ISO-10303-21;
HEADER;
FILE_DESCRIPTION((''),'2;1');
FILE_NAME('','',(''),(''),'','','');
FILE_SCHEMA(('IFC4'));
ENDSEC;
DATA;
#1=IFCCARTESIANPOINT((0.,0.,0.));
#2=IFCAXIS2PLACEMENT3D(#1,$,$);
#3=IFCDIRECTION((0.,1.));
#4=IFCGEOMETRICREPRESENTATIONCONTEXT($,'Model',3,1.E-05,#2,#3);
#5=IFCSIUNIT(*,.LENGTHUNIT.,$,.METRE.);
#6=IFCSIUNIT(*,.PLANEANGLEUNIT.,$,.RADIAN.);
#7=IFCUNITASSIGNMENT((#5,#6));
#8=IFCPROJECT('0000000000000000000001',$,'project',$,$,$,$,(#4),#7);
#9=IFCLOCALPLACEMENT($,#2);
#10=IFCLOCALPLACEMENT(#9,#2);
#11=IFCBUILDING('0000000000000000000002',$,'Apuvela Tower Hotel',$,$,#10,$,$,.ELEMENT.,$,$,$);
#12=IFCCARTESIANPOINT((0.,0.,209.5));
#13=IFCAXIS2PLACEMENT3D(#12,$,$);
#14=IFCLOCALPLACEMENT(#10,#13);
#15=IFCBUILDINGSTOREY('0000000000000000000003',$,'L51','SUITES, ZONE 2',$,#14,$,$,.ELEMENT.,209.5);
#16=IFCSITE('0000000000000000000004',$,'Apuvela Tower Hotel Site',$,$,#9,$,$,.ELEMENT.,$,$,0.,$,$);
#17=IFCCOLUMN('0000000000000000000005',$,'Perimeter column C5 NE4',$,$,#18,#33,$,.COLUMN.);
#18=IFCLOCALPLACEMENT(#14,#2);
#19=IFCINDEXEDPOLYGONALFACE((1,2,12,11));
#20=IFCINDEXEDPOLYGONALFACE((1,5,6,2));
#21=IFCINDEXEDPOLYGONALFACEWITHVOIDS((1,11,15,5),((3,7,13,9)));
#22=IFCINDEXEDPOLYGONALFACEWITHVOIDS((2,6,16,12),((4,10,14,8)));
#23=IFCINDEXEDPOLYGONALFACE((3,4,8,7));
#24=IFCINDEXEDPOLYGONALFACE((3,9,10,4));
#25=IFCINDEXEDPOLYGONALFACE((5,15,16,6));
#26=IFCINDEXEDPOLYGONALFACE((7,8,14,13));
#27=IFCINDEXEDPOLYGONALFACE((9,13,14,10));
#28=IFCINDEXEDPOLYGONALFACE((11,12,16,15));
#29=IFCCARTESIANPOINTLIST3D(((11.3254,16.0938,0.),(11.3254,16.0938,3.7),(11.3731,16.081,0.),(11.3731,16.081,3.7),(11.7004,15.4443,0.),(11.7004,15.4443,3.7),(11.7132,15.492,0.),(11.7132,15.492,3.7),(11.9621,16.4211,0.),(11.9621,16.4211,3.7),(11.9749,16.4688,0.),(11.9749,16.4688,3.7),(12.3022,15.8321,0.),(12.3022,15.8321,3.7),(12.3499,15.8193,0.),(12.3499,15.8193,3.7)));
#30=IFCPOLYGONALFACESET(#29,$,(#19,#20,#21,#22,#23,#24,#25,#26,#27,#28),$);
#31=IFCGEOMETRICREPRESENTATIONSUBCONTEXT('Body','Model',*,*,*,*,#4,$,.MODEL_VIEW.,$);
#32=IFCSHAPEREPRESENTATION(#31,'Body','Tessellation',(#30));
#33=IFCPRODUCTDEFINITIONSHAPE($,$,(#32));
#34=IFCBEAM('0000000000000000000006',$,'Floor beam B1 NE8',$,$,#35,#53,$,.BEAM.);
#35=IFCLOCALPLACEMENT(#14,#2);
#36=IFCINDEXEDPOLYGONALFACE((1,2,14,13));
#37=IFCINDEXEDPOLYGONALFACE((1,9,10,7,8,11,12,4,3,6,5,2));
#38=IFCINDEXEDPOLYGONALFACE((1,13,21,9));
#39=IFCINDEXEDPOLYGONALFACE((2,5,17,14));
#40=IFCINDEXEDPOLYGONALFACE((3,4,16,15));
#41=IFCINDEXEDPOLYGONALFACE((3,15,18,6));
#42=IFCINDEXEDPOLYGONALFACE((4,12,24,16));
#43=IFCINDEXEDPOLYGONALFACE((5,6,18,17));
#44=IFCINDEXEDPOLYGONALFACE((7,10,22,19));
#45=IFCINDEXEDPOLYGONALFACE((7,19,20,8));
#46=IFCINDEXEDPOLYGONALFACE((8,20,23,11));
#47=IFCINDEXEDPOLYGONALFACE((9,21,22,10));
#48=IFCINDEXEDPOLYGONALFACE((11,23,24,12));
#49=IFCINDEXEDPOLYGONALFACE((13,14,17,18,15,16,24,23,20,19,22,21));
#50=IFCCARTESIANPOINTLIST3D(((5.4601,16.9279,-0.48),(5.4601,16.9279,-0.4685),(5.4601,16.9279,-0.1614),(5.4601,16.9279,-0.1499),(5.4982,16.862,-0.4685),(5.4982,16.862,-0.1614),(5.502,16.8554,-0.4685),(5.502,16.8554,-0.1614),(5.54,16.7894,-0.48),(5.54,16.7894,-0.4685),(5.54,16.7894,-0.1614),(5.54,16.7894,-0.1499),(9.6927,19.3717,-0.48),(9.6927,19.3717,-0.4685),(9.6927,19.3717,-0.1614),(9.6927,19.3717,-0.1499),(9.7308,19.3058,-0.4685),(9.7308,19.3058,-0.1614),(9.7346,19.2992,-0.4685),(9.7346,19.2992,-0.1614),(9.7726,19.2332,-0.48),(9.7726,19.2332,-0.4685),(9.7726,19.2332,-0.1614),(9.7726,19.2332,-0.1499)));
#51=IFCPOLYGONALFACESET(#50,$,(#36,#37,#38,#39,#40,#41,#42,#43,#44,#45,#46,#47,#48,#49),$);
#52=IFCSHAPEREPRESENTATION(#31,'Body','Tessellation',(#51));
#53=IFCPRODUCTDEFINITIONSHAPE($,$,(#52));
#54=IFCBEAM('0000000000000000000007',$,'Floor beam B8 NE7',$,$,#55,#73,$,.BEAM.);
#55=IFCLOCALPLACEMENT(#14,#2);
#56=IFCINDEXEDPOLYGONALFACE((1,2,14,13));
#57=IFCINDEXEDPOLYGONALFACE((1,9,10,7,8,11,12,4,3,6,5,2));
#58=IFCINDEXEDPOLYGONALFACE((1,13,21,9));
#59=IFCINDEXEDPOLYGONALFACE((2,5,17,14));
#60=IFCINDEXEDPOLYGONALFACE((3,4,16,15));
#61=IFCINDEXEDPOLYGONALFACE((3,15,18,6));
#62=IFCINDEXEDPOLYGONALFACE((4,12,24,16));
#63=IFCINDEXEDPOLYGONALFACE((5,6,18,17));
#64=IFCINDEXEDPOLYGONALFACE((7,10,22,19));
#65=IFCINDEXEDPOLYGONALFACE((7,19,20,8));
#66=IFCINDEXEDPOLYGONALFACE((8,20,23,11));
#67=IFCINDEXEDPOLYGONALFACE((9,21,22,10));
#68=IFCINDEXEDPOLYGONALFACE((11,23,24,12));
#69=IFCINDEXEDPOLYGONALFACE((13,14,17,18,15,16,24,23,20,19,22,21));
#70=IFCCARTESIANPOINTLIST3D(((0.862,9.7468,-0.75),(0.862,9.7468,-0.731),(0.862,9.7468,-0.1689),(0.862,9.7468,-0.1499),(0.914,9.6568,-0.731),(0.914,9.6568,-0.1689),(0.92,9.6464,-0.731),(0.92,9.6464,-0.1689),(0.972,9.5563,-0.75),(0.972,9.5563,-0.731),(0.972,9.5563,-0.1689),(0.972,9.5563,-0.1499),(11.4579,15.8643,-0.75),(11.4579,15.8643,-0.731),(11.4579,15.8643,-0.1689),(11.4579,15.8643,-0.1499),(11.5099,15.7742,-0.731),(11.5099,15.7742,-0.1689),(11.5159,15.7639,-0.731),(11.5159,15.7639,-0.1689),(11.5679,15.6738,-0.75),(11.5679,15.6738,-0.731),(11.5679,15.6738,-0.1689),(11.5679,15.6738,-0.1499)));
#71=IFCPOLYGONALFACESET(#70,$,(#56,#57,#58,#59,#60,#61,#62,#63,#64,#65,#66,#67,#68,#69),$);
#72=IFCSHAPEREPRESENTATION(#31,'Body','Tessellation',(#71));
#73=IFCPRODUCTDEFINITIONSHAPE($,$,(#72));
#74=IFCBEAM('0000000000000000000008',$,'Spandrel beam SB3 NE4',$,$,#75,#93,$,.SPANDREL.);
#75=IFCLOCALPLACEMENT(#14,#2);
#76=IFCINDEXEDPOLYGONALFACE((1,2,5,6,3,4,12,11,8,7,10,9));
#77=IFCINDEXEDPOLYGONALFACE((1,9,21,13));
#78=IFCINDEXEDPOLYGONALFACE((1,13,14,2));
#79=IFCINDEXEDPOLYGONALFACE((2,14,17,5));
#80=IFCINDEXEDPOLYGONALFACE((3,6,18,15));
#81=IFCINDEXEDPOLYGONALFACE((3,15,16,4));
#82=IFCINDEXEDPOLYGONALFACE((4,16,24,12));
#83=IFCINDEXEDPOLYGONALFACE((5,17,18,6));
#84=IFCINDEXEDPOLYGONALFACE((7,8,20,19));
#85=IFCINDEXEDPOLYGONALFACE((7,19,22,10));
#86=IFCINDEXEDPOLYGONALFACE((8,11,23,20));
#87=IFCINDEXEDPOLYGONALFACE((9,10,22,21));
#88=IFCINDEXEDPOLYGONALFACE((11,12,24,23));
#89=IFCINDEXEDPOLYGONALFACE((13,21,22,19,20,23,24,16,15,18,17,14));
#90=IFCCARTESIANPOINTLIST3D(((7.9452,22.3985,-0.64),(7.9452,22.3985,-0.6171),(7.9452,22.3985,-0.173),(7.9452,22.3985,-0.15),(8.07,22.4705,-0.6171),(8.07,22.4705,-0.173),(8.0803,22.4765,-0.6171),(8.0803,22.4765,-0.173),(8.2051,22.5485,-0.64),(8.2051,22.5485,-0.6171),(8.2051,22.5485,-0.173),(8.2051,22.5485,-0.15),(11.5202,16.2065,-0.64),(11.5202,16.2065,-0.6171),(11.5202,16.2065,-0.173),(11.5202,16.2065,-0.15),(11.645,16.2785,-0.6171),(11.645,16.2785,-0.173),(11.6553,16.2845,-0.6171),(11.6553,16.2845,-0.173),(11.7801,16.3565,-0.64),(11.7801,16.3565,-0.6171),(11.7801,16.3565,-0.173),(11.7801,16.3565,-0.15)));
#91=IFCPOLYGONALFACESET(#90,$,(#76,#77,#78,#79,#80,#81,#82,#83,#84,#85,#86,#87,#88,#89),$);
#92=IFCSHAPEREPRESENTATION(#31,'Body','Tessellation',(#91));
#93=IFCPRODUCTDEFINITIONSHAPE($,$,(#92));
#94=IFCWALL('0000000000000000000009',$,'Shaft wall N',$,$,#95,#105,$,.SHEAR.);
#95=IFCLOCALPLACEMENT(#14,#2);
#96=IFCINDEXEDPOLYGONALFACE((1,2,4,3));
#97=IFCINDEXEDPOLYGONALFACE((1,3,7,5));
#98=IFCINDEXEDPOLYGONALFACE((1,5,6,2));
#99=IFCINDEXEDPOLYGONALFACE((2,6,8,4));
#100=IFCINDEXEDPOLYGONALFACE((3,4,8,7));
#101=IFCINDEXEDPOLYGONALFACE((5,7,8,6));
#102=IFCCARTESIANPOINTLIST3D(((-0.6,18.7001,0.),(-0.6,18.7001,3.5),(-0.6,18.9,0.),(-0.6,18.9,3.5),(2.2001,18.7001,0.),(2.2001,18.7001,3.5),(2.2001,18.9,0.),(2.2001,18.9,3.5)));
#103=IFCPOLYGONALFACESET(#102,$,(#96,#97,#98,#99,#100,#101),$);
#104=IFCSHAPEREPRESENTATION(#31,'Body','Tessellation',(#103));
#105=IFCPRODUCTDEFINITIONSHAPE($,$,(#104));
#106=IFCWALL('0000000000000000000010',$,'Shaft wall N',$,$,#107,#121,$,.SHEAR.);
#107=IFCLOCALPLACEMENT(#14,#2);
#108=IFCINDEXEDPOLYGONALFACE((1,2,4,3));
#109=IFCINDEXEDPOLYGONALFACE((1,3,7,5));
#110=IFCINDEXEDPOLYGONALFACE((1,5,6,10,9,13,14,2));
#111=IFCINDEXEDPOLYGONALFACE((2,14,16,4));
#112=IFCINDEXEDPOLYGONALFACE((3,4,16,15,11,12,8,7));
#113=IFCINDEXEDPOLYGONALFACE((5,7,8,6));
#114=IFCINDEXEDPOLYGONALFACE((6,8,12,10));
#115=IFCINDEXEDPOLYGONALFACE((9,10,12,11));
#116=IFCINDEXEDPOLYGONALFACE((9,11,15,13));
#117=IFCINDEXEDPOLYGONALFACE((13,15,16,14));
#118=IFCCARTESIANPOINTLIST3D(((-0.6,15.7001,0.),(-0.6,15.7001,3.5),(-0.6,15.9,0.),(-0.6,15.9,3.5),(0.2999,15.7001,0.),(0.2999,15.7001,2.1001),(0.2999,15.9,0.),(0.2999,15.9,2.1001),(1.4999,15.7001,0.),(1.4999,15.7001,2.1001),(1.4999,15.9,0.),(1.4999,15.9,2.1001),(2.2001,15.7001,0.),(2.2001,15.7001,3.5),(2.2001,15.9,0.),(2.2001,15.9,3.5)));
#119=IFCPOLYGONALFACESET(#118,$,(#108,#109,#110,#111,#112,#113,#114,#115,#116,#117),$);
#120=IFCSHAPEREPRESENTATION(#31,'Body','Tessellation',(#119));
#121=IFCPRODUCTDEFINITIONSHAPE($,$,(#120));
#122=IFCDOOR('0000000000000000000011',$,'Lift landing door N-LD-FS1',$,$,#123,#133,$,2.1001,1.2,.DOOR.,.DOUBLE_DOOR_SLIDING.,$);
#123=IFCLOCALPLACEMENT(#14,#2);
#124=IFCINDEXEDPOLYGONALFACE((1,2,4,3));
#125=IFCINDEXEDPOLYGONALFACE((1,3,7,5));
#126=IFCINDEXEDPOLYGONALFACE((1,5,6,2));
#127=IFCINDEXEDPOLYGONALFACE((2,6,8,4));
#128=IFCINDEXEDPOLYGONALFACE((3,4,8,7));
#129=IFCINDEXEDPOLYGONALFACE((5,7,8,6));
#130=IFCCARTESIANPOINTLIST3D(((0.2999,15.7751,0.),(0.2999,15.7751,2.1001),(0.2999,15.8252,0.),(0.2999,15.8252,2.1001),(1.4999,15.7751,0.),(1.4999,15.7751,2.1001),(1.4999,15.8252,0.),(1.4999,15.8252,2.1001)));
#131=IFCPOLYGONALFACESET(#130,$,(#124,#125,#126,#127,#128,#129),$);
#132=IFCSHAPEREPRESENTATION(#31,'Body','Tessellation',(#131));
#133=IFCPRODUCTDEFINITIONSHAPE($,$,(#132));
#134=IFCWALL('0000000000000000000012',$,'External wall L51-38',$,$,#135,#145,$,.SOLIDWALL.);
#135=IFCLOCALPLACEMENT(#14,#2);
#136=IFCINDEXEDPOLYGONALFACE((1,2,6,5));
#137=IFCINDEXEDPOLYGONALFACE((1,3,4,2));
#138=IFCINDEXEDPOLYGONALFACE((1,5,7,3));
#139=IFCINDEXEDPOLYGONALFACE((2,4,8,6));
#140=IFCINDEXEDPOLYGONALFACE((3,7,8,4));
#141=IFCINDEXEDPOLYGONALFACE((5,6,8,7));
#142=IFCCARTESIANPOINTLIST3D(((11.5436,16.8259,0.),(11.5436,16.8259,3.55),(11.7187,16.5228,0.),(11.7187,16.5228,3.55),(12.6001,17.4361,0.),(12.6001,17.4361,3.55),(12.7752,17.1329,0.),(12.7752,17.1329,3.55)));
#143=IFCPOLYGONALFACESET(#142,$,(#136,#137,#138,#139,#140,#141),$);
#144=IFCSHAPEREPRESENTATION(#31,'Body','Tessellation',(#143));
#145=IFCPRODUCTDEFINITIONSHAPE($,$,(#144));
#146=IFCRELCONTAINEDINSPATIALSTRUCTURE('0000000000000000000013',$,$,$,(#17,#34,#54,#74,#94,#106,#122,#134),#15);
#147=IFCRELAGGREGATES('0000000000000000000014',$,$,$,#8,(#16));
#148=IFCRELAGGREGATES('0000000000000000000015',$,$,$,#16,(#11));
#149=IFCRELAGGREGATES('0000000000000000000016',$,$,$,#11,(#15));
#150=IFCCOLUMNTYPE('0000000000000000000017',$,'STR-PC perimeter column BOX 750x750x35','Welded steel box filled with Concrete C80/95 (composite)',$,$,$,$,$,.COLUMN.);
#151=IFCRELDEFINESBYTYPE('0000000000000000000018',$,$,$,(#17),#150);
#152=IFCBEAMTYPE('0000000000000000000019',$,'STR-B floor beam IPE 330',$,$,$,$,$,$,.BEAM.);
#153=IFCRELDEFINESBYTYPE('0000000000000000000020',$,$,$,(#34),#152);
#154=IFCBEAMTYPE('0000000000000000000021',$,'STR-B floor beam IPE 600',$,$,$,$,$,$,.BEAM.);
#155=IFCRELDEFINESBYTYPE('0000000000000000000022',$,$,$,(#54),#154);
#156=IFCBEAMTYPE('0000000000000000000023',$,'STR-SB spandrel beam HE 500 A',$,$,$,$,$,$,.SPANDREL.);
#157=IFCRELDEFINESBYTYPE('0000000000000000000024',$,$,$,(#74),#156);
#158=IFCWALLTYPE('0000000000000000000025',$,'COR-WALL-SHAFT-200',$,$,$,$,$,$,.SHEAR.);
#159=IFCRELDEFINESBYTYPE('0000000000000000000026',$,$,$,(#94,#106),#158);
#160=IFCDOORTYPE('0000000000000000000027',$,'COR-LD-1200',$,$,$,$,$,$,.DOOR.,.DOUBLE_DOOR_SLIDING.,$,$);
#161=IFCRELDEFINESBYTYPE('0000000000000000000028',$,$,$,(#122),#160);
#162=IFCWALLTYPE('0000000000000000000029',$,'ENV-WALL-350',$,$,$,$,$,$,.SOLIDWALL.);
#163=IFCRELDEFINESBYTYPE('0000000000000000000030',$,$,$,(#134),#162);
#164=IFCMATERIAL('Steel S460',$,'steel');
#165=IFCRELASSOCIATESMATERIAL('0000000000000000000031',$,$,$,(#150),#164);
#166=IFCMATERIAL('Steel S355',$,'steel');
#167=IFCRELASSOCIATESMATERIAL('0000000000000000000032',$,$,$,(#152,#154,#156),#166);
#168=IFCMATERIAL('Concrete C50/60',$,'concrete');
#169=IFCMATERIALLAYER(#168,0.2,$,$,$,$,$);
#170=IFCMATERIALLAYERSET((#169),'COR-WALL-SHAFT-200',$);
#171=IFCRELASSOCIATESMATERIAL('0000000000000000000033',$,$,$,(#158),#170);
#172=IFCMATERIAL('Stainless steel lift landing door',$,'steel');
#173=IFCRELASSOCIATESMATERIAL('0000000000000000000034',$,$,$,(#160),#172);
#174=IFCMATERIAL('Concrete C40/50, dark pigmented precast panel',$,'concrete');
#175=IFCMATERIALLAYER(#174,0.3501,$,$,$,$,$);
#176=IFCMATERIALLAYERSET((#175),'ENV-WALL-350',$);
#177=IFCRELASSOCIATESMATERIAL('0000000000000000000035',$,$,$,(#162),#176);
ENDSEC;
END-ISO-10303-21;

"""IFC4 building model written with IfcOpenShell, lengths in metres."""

from ifc_helpers import new_model, si_unit, direction, frame, frame_2d, origin, origin_2d, place, context, subcontext, project, spatial, rectangle, hollow_rectangle, i_section, extrude, material, layer, layer_set, material_profile, profile_set, type_object, element, fill, save


model = new_model("IFC4")

# Units and contexts
model_context = context("Model", 3, precision=1e-05, world=origin(), true_north=direction((0.0, 1.0)))
body_context = subcontext(model_context, "Body", "Model", "MODEL_VIEW")
ifc_project = project(units=[si_unit("LENGTHUNIT", "METRE"), si_unit("PLANEANGLEUNIT", "RADIAN")], contexts=[model_context])

# Site, building, storey
site_placement = place(None, origin())
site = spatial("IfcSite", under=ifc_project, at=site_placement, Name="Apuvela Tower Hotel Site", CompositionType="ELEMENT", RefElevation=0.0)
building_placement = place(site_placement, origin())
building = spatial("IfcBuilding", under=site, at=building_placement, Name="Apuvela Tower Hotel", CompositionType="ELEMENT")
storey_placement = place(building_placement, frame((0.0, 0.0, 209.5)))
storey = spatial("IfcBuildingStorey", under=building, at=storey_placement, Name="L51", Description="SUITES, ZONE 2", CompositionType="ELEMENT", Elevation=209.5)

# Column
ifc_material_1 = material(Name="Steel S460", Category="steel")
ifc_material_profile_1 = material_profile(ifc_material_1, hollow_rectangle(XDim=0.75, YDim=0.75, WallThickness=0.0349, at=origin_2d()), Name="BOX 750x750x35")
ifc_material_2 = material(Name="Concrete C80/95", Category="concrete")
ifc_material_profile_2 = material_profile(ifc_material_2, rectangle(XDim=0.6799, YDim=0.6799, at=origin_2d()), Name="Concrete C80/95 infill")
ifc_profile_set_1 = profile_set([ifc_material_profile_1, ifc_material_profile_2], Name="Steel S460")
column_type = type_object("IfcColumnType", Name="STR-PC perimeter column BOX 750x750x35", Description="Welded steel box filled with Concrete C80/95 (composite)", PredefinedType="COLUMN", material=ifc_profile_set_1)
column_placement = place(storey_placement, frame((11.8376, 15.9565, 0.0), z_axis=(0.0, 0.0, 1.0), x_axis=(-0.5, 0.866025, 0.0)))
element("IfcColumn", 1, at=column_placement, inside=storey, type_object=column_type, Name="Perimeter column C5 NE4", PredefinedType="COLUMN", context=body_context, shape_type="SweptSolid", body=[
    extrude(hollow_rectangle(XDim=0.75, YDim=0.75, WallThickness=0.0349, at=origin_2d()), origin(), (0.0, 0.0, 1.0), 3.7),
])

# Beams
ifc_material_3 = material(Name="Steel S355", Category="steel")
ifc_material_profile_3 = material_profile(ifc_material_3, i_section(OverallWidth=0.1599, OverallDepth=0.3301, WebThickness=0.0076, FlangeThickness=0.0115, at=origin_2d()), Name="IPE 330")
ifc_profile_set_2 = profile_set([ifc_material_profile_3], Name="Steel S355")
beam_type_1 = type_object("IfcBeamType", Name="STR-B floor beam IPE 330", PredefinedType="BEAM", material=ifc_profile_set_2)
beam_1_placement = place(storey_placement, frame((9.7327, 19.3025, -0.3149), z_axis=(-0.866015, -0.500018, 0.0), x_axis=(0.500018, -0.866015, 0.0)))
element("IfcBeam", 2, at=beam_1_placement, inside=storey, type_object=beam_type_1, Name="Floor beam B1 NE8", PredefinedType="BEAM", context=body_context, shape_type="SweptSolid", body=[
    extrude(i_section(OverallWidth=0.1599, OverallDepth=0.3301, WebThickness=0.0076, FlangeThickness=0.0115, at=origin_2d()), origin(), (0.0, 0.0, 1.0), 4.8875),
])
ifc_material_profile_4 = material_profile(ifc_material_3, i_section(OverallWidth=0.22, OverallDepth=0.6001, WebThickness=0.012, FlangeThickness=0.019, at=origin_2d()), Name="IPE 600")
ifc_profile_set_3 = profile_set([ifc_material_profile_4], Name="Steel S355")
beam_type_2 = type_object("IfcBeamType", Name="STR-B floor beam IPE 600", PredefinedType="BEAM", material=ifc_profile_set_3)
beam_2_placement = place(storey_placement, frame((11.5129, 15.769, -0.45), z_axis=(-0.86603, -0.499991, 0.0), x_axis=(0.499991, -0.86603, 0.0)))
element("IfcBeam", 3, at=beam_2_placement, inside=storey, type_object=beam_type_2, Name="Floor beam B8 NE7", PredefinedType="BEAM", context=body_context, shape_type="SweptSolid", body=[
    extrude(i_section(OverallWidth=0.22, OverallDepth=0.6001, WebThickness=0.012, FlangeThickness=0.019, at=origin_2d()), origin(), (0.0, 0.0, 1.0), 12.2351),
])
ifc_material_profile_5 = material_profile(ifc_material_3, i_section(OverallWidth=0.3, OverallDepth=0.49, WebThickness=0.012, FlangeThickness=0.0229, at=origin_2d()), Name="HE 500 A")
ifc_profile_set_4 = profile_set([ifc_material_profile_5], Name="Steel S355")
beam_type_3 = type_object("IfcBeamType", Name="STR-SB spandrel beam HE 500 A", PredefinedType="SPANDREL", material=ifc_profile_set_4)
beam_3_placement = place(storey_placement, frame((11.6501, 16.2815, -0.395), z_axis=(-0.500006, 0.866022, 0.0), x_axis=(-0.866022, -0.500006, 0.0)))
element("IfcBeam", 4, at=beam_3_placement, inside=storey, type_object=beam_type_3, Name="Spandrel beam SB3 NE4", PredefinedType="SPANDREL", context=body_context, shape_type="SweptSolid", body=[
    extrude(i_section(OverallWidth=0.3, OverallDepth=0.49, WebThickness=0.012, FlangeThickness=0.0229, at=origin_2d()), origin(), (0.0, 0.0, 1.0), 7.1499),
])

# Wall
ifc_material_4 = material(Name="Concrete C50/60", Category="concrete")
ifc_layer_1 = layer(ifc_material_4, 0.2)
ifc_layer_set_1 = layer_set([ifc_layer_1], Name="COR-WALL-SHAFT-200")
wall_type_1 = type_object("IfcWallType", Name="COR-WALL-SHAFT-200", PredefinedType="SHEAR", material=ifc_layer_set_1)
wall_1_placement = place(storey_placement, frame((2.2, 18.8, 0.0), z_axis=(0.0, 0.0, 1.0), x_axis=(-1.0, 0.0, 0.0)))
element("IfcWall", 5, at=wall_1_placement, inside=storey, type_object=wall_type_1, Name="Shaft wall N", PredefinedType="SHEAR", context=body_context, shape_type="SweptSolid", body=[
    extrude(rectangle(XDim=2.8, YDim=0.2, at=frame_2d((1.3999, 0.0))), origin(), (0.0, 0.0, 1.0), 3.5),
])

# Wall, opening, door
wall_2_placement = place(storey_placement, frame((2.2, 15.8, 0.0), z_axis=(0.0, 0.0, 1.0), x_axis=(-1.0, 0.0, 0.0)))
wall_2 = element("IfcWall", 6, at=wall_2_placement, inside=storey, type_object=wall_type_1, Name="Shaft wall N", PredefinedType="SHEAR", context=body_context, shape_type="SweptSolid", body=[
    extrude(rectangle(XDim=2.8, YDim=0.2, at=frame_2d((1.3999, 0.0))), origin(), (0.0, 0.0, 1.0), 3.5),
])
opening_1_placement = place(wall_2_placement, frame((0.7, 0.0, 0.0)))
opening_1 = element("IfcOpeningElement", 7, at=opening_1_placement, cuts=wall_2, PredefinedType="OPENING", context=body_context, shape_type="SweptSolid", body=[
    extrude(rectangle(XDim=1.2, YDim=2.1001, at=frame_2d((0.6001, 1.05))), frame((0.0, 0.1099, 0.0), z_axis=(0.0, -1.0, 0.0), x_axis=(1.0, 0.0, 0.0)), (0.0, 0.0, 1.0), 0.22),
])
ifc_material_5 = material(Name="Stainless steel lift landing door", Category="steel")
door_type_1 = type_object("IfcDoorType", Name="COR-LD-1200", OperationType="DOUBLE_DOOR_SLIDING", PredefinedType="DOOR", material=ifc_material_5)
door_1_placement = place(opening_1_placement, origin())
door_1 = element("IfcDoor", 8, at=door_1_placement, inside=storey, type_object=door_type_1, Name="Lift landing door N-LD-FS1", OperationType="DOUBLE_DOOR_SLIDING", OverallHeight=2.1001, OverallWidth=1.2, PredefinedType="DOOR", context=body_context, shape_type="SweptSolid", body=[
    extrude(rectangle(XDim=1.2, YDim=2.1001, at=frame_2d((0.6001, 1.05))), frame((0.0, 0.0249, 0.0), z_axis=(0.0, -1.0, 0.0), x_axis=(1.0, 0.0, 0.0)), (0.0, 0.0, 1.0), 0.05),
])
fill(opening_1, door_1)

# Wall
ifc_material_6 = material(Name="Concrete C40/50, dark pigmented precast panel", Category="concrete")
ifc_layer_2 = layer(ifc_material_6, 0.3501)
ifc_layer_set_2 = layer_set([ifc_layer_2], Name="ENV-WALL-350")
wall_type_2 = type_object("IfcWallType", Name="ENV-WALL-350", PredefinedType="SOLIDWALL", material=ifc_layer_set_2)
wall_3_placement = place(storey_placement, frame((12.6875, 17.2844, 0.0), z_axis=(0.0, 0.0, 1.0), x_axis=(-0.865956, -0.500121, 0.0)))
element("IfcWall", 9, at=wall_3_placement, inside=storey, type_object=wall_type_2, Name="External wall L51-38", PredefinedType="SOLIDWALL", context=body_context, shape_type="SweptSolid", body=[
    extrude(rectangle(XDim=1.22, YDim=0.3501, at=frame_2d((0.6099, 0.0))), origin(), (0.0, 0.0, 1.0), 3.55),
])

save(model, "model.ifc")
